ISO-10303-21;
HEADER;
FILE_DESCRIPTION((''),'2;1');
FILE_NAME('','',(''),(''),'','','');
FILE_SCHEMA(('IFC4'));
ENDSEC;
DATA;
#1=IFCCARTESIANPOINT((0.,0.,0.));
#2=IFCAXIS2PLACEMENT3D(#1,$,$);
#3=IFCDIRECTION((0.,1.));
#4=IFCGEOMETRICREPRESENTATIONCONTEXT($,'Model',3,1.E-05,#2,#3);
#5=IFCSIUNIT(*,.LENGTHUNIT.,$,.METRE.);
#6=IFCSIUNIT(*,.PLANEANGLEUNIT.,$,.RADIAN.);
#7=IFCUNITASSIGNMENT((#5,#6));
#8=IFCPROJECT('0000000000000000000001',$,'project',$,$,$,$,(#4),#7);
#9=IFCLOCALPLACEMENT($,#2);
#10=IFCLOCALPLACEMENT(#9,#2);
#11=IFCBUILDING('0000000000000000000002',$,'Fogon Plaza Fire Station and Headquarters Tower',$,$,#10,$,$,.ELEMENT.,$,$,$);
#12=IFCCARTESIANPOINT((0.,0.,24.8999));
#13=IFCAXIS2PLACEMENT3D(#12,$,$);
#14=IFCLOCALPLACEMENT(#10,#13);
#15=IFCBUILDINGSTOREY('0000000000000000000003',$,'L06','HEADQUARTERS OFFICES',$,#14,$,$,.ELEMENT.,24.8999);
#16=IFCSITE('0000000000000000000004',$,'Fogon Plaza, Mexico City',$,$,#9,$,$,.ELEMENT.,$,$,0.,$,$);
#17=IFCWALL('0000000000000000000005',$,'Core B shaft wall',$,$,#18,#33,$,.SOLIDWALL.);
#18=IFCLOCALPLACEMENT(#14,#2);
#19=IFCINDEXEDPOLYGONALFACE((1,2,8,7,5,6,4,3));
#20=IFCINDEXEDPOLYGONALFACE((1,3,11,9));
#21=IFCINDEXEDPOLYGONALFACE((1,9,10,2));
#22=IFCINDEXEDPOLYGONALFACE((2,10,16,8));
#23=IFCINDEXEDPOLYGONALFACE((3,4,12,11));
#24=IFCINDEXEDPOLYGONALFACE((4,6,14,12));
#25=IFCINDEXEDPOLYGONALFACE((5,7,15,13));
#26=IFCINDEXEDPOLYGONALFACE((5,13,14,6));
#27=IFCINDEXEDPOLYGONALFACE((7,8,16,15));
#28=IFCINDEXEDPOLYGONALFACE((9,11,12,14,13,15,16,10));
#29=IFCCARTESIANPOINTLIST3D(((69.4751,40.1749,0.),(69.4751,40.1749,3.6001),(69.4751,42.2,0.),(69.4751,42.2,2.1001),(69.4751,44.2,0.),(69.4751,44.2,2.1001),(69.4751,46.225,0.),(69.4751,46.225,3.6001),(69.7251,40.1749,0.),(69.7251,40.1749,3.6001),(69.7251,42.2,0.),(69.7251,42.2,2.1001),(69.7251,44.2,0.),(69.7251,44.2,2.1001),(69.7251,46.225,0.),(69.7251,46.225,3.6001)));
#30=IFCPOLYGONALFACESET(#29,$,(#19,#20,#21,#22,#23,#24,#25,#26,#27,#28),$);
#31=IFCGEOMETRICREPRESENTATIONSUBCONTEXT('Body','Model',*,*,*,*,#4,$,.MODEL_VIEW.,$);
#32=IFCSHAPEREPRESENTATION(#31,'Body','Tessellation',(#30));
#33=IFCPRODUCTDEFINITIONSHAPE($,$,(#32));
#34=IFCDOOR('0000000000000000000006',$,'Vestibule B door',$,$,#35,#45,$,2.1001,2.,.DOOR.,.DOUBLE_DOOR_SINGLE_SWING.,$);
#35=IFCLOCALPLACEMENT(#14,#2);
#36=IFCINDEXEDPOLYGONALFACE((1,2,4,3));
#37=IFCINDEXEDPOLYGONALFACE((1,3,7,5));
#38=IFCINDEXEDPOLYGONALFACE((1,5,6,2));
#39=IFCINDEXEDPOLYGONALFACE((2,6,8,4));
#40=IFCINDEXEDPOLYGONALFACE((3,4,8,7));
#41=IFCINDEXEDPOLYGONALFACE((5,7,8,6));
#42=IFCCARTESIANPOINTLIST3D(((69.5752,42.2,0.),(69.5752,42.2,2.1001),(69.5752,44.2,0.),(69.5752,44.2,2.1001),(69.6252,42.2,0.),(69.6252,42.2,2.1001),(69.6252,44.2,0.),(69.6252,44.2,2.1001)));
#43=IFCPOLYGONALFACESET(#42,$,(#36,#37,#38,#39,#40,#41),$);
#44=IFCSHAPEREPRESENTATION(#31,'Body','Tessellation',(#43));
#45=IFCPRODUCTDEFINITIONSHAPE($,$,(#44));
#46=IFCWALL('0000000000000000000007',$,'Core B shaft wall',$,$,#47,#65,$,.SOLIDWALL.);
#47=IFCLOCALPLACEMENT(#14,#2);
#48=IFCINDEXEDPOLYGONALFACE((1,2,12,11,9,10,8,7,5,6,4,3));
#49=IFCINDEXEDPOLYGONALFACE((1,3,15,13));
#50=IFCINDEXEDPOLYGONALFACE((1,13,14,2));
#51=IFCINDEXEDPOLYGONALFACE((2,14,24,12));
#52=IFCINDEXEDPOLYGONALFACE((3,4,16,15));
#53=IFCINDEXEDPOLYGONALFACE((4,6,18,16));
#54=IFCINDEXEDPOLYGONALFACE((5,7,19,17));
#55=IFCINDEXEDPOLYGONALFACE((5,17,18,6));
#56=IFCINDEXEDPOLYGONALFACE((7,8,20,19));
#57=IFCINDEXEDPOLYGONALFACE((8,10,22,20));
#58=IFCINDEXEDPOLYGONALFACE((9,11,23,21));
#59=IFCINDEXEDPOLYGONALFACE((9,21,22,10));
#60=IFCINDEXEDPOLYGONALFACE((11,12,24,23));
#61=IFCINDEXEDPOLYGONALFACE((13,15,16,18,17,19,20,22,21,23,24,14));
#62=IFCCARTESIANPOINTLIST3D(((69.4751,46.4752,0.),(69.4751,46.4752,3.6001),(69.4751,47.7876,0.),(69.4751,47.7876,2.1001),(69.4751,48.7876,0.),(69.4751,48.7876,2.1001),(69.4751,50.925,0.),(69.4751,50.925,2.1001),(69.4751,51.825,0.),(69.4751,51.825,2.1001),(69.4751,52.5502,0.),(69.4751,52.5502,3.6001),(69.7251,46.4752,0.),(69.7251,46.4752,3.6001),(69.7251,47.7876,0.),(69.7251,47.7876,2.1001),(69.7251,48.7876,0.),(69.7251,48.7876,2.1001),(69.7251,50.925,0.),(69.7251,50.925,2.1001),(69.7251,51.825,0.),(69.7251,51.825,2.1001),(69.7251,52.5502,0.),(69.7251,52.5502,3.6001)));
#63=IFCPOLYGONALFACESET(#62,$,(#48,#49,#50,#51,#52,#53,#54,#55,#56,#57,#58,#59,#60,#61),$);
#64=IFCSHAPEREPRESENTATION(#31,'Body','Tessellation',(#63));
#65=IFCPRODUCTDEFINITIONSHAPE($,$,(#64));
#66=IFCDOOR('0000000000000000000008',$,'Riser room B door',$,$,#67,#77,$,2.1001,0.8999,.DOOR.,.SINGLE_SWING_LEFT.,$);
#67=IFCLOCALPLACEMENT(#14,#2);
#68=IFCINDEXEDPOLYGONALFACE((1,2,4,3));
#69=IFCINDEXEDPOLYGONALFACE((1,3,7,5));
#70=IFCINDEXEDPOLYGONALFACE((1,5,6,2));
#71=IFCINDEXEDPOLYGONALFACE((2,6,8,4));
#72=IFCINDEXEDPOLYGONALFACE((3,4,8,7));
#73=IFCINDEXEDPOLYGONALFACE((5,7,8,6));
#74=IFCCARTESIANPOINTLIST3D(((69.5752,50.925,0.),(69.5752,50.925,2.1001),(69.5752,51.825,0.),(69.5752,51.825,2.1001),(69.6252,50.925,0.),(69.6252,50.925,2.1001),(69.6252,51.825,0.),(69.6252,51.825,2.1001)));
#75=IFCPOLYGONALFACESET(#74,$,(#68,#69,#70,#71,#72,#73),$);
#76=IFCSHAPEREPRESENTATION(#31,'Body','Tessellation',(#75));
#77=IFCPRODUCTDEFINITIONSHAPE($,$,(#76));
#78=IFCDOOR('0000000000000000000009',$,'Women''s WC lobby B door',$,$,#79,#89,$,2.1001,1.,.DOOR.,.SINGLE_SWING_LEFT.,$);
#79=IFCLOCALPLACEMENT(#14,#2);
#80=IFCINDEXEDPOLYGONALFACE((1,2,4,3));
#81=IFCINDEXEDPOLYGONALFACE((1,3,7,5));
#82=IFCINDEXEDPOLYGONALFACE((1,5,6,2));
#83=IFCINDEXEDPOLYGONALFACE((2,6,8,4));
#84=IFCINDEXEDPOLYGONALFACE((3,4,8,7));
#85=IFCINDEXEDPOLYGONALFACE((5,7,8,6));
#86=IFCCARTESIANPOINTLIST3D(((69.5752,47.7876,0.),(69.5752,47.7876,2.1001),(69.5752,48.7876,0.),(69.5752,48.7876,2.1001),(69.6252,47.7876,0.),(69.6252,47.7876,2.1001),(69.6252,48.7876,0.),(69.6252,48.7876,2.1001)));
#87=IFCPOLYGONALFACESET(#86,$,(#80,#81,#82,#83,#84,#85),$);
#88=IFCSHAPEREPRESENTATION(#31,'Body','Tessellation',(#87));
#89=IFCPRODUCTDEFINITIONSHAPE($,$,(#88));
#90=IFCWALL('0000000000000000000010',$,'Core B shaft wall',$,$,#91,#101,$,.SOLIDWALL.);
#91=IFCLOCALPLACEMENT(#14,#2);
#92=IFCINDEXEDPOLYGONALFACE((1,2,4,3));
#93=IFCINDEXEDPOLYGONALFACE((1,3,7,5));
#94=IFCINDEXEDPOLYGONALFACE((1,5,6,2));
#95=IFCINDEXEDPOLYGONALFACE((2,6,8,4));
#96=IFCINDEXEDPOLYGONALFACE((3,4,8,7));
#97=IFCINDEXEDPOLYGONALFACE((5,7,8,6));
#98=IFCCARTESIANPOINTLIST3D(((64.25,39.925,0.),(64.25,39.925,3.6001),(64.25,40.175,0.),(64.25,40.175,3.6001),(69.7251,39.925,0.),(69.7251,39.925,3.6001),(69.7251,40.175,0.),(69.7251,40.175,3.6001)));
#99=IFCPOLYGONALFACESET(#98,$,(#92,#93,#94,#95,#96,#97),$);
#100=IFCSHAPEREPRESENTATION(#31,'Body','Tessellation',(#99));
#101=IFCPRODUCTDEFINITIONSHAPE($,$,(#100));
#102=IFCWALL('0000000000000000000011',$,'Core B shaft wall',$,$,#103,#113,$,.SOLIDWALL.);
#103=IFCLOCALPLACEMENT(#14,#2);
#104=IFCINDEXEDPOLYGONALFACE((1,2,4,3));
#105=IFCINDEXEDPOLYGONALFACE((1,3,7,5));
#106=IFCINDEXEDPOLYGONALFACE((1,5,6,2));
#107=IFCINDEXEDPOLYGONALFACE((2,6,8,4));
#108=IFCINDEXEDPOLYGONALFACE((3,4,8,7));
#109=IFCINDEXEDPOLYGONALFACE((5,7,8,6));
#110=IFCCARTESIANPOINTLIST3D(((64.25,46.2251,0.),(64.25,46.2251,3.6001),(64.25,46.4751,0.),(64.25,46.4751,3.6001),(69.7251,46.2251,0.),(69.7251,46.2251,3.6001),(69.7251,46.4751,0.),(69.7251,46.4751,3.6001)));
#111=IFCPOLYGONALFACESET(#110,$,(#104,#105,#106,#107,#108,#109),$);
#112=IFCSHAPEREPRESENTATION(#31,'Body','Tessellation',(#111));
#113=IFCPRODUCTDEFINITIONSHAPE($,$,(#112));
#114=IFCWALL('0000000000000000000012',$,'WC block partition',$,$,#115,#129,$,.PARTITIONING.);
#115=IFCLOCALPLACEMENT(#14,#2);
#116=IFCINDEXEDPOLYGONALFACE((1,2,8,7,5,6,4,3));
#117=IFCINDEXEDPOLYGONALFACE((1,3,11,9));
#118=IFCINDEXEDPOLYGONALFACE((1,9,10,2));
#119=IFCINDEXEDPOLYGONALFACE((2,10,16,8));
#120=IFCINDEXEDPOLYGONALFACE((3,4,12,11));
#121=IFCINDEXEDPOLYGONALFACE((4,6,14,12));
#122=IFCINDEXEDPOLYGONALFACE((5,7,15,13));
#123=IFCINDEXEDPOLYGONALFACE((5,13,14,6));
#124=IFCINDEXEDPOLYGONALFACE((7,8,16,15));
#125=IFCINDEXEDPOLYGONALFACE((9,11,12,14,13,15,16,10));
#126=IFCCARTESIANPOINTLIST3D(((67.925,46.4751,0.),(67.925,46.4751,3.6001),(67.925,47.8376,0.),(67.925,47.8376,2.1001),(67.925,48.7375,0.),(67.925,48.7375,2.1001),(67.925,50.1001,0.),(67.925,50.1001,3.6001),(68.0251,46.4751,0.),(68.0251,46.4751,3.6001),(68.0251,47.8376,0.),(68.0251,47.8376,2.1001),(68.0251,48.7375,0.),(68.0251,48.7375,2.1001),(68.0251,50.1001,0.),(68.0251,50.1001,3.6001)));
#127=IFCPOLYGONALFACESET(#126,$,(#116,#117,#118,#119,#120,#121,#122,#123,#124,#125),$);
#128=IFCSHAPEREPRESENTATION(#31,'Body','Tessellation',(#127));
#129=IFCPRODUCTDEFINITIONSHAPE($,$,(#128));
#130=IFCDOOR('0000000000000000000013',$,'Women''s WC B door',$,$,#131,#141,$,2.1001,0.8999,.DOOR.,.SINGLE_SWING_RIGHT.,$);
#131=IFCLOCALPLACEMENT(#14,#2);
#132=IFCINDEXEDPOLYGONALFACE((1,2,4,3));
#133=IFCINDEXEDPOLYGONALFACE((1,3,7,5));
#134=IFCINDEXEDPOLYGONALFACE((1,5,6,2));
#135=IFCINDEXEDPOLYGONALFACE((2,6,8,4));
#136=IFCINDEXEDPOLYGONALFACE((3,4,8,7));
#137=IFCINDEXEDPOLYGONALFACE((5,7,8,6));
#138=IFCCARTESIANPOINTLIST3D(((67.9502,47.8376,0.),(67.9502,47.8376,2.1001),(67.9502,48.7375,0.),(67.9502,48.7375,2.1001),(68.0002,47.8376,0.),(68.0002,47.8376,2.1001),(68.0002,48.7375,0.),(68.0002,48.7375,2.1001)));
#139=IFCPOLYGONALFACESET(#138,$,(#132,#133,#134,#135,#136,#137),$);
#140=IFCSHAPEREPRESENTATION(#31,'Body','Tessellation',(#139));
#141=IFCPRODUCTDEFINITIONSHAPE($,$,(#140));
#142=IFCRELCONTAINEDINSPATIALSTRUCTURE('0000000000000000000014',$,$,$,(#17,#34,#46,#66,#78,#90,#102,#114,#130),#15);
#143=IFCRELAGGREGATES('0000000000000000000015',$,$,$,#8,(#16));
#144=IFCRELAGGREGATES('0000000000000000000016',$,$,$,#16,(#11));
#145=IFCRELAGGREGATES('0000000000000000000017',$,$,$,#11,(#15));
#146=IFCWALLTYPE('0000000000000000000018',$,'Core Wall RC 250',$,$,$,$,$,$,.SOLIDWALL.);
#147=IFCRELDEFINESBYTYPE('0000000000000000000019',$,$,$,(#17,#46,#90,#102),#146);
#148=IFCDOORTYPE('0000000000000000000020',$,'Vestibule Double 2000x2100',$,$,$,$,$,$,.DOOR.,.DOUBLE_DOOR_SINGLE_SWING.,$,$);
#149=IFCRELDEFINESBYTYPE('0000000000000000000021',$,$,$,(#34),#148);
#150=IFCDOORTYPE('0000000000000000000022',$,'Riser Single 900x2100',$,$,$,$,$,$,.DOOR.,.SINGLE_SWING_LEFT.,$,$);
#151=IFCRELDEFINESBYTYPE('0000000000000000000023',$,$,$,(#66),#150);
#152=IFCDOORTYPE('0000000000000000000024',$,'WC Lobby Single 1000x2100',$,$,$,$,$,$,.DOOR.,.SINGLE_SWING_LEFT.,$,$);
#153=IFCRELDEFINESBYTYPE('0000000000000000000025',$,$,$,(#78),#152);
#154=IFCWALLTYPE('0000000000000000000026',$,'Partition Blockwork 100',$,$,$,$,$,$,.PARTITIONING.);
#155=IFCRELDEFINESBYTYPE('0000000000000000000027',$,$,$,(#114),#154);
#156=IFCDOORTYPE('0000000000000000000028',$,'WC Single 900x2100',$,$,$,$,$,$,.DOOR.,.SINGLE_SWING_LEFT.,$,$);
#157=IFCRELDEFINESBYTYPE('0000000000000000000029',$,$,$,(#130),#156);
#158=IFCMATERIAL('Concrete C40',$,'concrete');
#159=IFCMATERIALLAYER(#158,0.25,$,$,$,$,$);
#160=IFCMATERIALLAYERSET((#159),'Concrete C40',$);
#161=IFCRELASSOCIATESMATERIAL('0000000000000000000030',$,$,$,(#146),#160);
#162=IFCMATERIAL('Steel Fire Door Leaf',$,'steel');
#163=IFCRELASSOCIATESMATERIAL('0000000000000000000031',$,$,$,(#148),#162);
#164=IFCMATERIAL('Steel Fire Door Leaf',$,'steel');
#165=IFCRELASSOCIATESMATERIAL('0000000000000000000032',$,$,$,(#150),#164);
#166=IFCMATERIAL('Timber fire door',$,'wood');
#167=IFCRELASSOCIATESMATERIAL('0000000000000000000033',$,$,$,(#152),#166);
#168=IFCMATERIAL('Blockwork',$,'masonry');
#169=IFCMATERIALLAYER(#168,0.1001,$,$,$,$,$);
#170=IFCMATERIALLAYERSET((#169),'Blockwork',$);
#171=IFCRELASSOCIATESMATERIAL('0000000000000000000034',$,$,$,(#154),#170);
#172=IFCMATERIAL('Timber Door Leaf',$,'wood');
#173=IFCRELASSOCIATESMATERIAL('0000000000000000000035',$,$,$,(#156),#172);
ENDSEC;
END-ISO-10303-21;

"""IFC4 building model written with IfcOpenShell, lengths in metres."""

from ifc_helpers import new_model, si_unit, direction, frame, frame_2d, origin, place, context, subcontext, project, spatial, rectangle, extrude, material, layer, layer_set, type_object, element, fill, save


model = new_model("IFC4")

# Units and contexts
model_context = context("Model", 3, precision=1e-05, world=origin(), true_north=direction((0.0, 1.0)))
body_context = subcontext(model_context, "Body", "Model", "MODEL_VIEW")
ifc_project = project(units=[si_unit("LENGTHUNIT", "METRE"), si_unit("PLANEANGLEUNIT", "RADIAN")], contexts=[model_context])

# Site, building, storey
site_placement = place(None, origin())
site = spatial("IfcSite", under=ifc_project, at=site_placement, Name="Fogon Plaza, Mexico City", CompositionType="ELEMENT", RefElevation=0.0)
building_placement = place(site_placement, origin())
building = spatial("IfcBuilding", under=site, at=building_placement, Name="Fogon Plaza Fire Station and Headquarters Tower", CompositionType="ELEMENT")
storey_placement = place(building_placement, frame((0.0, 0.0, 24.8999)))
storey = spatial("IfcBuildingStorey", under=building, at=storey_placement, Name="L06", Description="HEADQUARTERS OFFICES", CompositionType="ELEMENT", Elevation=24.8999)

# Shared definitions
ifc_material_1 = material(Name="Concrete C40", Category="concrete")
ifc_layer_1 = layer(ifc_material_1, 0.25)
ifc_layer_set_1 = layer_set([ifc_layer_1], Name="Concrete C40")
wall_type_1 = type_object("IfcWallType", Name="Core Wall RC 250", PredefinedType="SOLIDWALL", material=ifc_layer_set_1)

# Wall, opening, door
wall_1_placement = place(storey_placement, frame((69.6001, 40.175, 0.0), z_axis=(0.0, 0.0, 1.0), x_axis=(0.0, 1.0, 0.0)))
wall_1 = element("IfcWall", 1, at=wall_1_placement, inside=storey, type_object=wall_type_1, Name="Core B shaft wall", PredefinedType="SOLIDWALL", context=body_context, shape_type="SweptSolid", body=[
    extrude(rectangle(XDim=6.05, YDim=0.25, at=frame_2d((3.0249, 0.0))), origin(), (0.0, 0.0, 1.0), 3.6001),
])
opening_1_placement = place(wall_1_placement, frame((2.0249, 0.0, 0.0)))
opening_1 = element("IfcOpeningElement", 2, at=opening_1_placement, cuts=wall_1, PredefinedType="OPENING", context=body_context, shape_type="SweptSolid", body=[
    extrude(rectangle(XDim=2.0, YDim=2.1001, at=frame_2d((1.0, 1.05))), frame((0.0, 0.135, 0.0), z_axis=(0.0, -1.0, 0.0), x_axis=(1.0, 0.0, 0.0)), (0.0, 0.0, 1.0), 0.27),
])
ifc_material_2 = material(Name="Steel Fire Door Leaf", Category="steel")
door_type_1 = type_object("IfcDoorType", Name="Vestibule Double 2000x2100", OperationType="DOUBLE_DOOR_SINGLE_SWING", PredefinedType="DOOR", material=ifc_material_2)
door_1_placement = place(opening_1_placement, origin())
door_1 = element("IfcDoor", 3, at=door_1_placement, inside=storey, type_object=door_type_1, Name="Vestibule B door", OperationType="DOUBLE_DOOR_SINGLE_SWING", OverallHeight=2.1001, OverallWidth=2.0, PredefinedType="DOOR", context=body_context, shape_type="SweptSolid", body=[
    extrude(rectangle(XDim=2.0, YDim=2.1001, at=frame_2d((1.0, 1.05))), frame((0.0, 0.0249, 0.0), z_axis=(0.0, -1.0, 0.0), x_axis=(1.0, 0.0, 0.0)), (0.0, 0.0, 1.0), 0.05),
])
fill(opening_1, door_1)

# Wall, openings, doors
wall_2_placement = place(storey_placement, frame((69.6001, 46.4751, 0.0), z_axis=(0.0, 0.0, 1.0), x_axis=(0.0, 1.0, 0.0)))
wall_2 = element("IfcWall", 4, at=wall_2_placement, inside=storey, type_object=wall_type_1, Name="Core B shaft wall", PredefinedType="SOLIDWALL", context=body_context, shape_type="SweptSolid", body=[
    extrude(rectangle(XDim=6.075, YDim=0.25, at=frame_2d((3.0376, 0.0))), origin(), (0.0, 0.0, 1.0), 3.6001),
])
opening_2_placement = place(wall_2_placement, frame((1.3125, 0.0, 0.0)))
opening_2 = element("IfcOpeningElement", 5, at=opening_2_placement, cuts=wall_2, PredefinedType="OPENING", context=body_context, shape_type="SweptSolid", body=[
    extrude(rectangle(XDim=1.0, YDim=2.1001, at=frame_2d((0.5, 1.05))), frame((0.0, 0.135, 0.0), z_axis=(0.0, -1.0, 0.0), x_axis=(1.0, 0.0, 0.0)), (0.0, 0.0, 1.0), 0.27),
])
opening_3_placement = place(wall_2_placement, frame((4.45, 0.0, 0.0)))
opening_3 = element("IfcOpeningElement", 6, at=opening_3_placement, cuts=wall_2, PredefinedType="OPENING", context=body_context, shape_type="SweptSolid", body=[
    extrude(rectangle(XDim=0.8999, YDim=2.1001, at=frame_2d((0.45, 1.05))), frame((0.0, 0.135, 0.0), z_axis=(0.0, -1.0, 0.0), x_axis=(1.0, 0.0, 0.0)), (0.0, 0.0, 1.0), 0.27),
])
ifc_material_3 = material(Name="Steel Fire Door Leaf", Category="steel")
door_type_2 = type_object("IfcDoorType", Name="Riser Single 900x2100", OperationType="SINGLE_SWING_LEFT", PredefinedType="DOOR", material=ifc_material_3)
door_2_placement = place(opening_3_placement, origin())
door_2 = element("IfcDoor", 7, at=door_2_placement, inside=storey, type_object=door_type_2, Name="Riser room B door", OperationType="SINGLE_SWING_LEFT", OverallHeight=2.1001, OverallWidth=0.8999, PredefinedType="DOOR", context=body_context, shape_type="SweptSolid", body=[
    extrude(rectangle(XDim=0.8999, YDim=2.1001, at=frame_2d((0.45, 1.05))), frame((0.0, 0.0249, 0.0), z_axis=(0.0, -1.0, 0.0), x_axis=(1.0, 0.0, 0.0)), (0.0, 0.0, 1.0), 0.05),
])
fill(opening_3, door_2)
ifc_material_4 = material(Name="Timber fire door", Category="wood")
door_type_3 = type_object("IfcDoorType", Name="WC Lobby Single 1000x2100", OperationType="SINGLE_SWING_LEFT", PredefinedType="DOOR", material=ifc_material_4)
door_3_placement = place(opening_2_placement, origin())
door_3 = element("IfcDoor", 8, at=door_3_placement, inside=storey, type_object=door_type_3, Name="Women's WC lobby B door", OperationType="SINGLE_SWING_LEFT", OverallHeight=2.1001, OverallWidth=1.0, PredefinedType="DOOR", context=body_context, shape_type="SweptSolid", body=[
    extrude(rectangle(XDim=1.0, YDim=2.1001, at=frame_2d((0.5, 1.05))), frame((0.0, 0.0249, 0.0), z_axis=(0.0, -1.0, 0.0), x_axis=(1.0, 0.0, 0.0)), (0.0, 0.0, 1.0), 0.05),
])
fill(opening_2, door_3)

# Walls
for number, where, z_axis, x_axis, name in (
    (9, (69.7251, 40.05, 0.0), (0.0, 0.0, 1.0), (-1.0, 0.0, 0.0), "Core B shaft wall"),
    (10, (69.7251, 46.3501, 0.0), (0.0, 0.0, 1.0), (-1.0, 0.0, 0.0), "Core B shaft wall"),
):
    element("IfcWall", number, at=place(storey_placement, frame(where, z_axis=z_axis, x_axis=x_axis)), inside=storey, type_object=wall_type_1, Name=name, PredefinedType="SOLIDWALL", context=body_context, shape_type="SweptSolid", body=[
        extrude(rectangle(XDim=5.4751, YDim=0.25, at=frame_2d((2.7375, 0.0))), origin(), (0.0, 0.0, 1.0), 3.6001),
    ])

# Wall, opening, door
ifc_material_5 = material(Name="Blockwork", Category="masonry")
ifc_layer_2 = layer(ifc_material_5, 0.1001)
ifc_layer_set_2 = layer_set([ifc_layer_2], Name="Blockwork")
wall_type_2 = type_object("IfcWallType", Name="Partition Blockwork 100", PredefinedType="PARTITIONING", material=ifc_layer_set_2)
wall_3_placement = place(storey_placement, frame((67.9751, 46.4751, 0.0), z_axis=(0.0, 0.0, 1.0), x_axis=(0.0, 1.0, 0.0)))
wall_3 = element("IfcWall", 11, at=wall_3_placement, inside=storey, type_object=wall_type_2, Name="WC block partition", PredefinedType="PARTITIONING", context=body_context, shape_type="SweptSolid", body=[
    extrude(rectangle(XDim=3.625, YDim=0.1001, at=frame_2d((1.8125, 0.0))), origin(), (0.0, 0.0, 1.0), 3.6001),
])
opening_4_placement = place(wall_3_placement, frame((1.3625, 0.0, 0.0)))
opening_4 = element("IfcOpeningElement", 12, at=opening_4_placement, cuts=wall_3, PredefinedType="OPENING", context=body_context, shape_type="SweptSolid", body=[
    extrude(rectangle(XDim=0.8999, YDim=2.1001, at=frame_2d((0.45, 1.05))), frame((0.0, 0.0601, 0.0), z_axis=(0.0, -1.0, 0.0), x_axis=(1.0, 0.0, 0.0)), (0.0, 0.0, 1.0), 0.1201),
])
ifc_material_6 = material(Name="Timber Door Leaf", Category="wood")
door_type_4 = type_object("IfcDoorType", Name="WC Single 900x2100", OperationType="SINGLE_SWING_LEFT", PredefinedType="DOOR", material=ifc_material_6)
door_4_placement = place(opening_4_placement, origin())
door_4 = element("IfcDoor", 13, at=door_4_placement, inside=storey, type_object=door_type_4, Name="Women's WC B door", OperationType="SINGLE_SWING_RIGHT", OverallHeight=2.1001, OverallWidth=0.8999, PredefinedType="DOOR", context=body_context, shape_type="SweptSolid", body=[
    extrude(rectangle(XDim=0.8999, YDim=2.1001, at=frame_2d((0.45, 1.05))), frame((0.0, 0.0249, 0.0), z_axis=(0.0, -1.0, 0.0), x_axis=(1.0, 0.0, 0.0)), (0.0, 0.0, 1.0), 0.05),
])
fill(opening_4, door_4)

save(model, "model.ifc")
